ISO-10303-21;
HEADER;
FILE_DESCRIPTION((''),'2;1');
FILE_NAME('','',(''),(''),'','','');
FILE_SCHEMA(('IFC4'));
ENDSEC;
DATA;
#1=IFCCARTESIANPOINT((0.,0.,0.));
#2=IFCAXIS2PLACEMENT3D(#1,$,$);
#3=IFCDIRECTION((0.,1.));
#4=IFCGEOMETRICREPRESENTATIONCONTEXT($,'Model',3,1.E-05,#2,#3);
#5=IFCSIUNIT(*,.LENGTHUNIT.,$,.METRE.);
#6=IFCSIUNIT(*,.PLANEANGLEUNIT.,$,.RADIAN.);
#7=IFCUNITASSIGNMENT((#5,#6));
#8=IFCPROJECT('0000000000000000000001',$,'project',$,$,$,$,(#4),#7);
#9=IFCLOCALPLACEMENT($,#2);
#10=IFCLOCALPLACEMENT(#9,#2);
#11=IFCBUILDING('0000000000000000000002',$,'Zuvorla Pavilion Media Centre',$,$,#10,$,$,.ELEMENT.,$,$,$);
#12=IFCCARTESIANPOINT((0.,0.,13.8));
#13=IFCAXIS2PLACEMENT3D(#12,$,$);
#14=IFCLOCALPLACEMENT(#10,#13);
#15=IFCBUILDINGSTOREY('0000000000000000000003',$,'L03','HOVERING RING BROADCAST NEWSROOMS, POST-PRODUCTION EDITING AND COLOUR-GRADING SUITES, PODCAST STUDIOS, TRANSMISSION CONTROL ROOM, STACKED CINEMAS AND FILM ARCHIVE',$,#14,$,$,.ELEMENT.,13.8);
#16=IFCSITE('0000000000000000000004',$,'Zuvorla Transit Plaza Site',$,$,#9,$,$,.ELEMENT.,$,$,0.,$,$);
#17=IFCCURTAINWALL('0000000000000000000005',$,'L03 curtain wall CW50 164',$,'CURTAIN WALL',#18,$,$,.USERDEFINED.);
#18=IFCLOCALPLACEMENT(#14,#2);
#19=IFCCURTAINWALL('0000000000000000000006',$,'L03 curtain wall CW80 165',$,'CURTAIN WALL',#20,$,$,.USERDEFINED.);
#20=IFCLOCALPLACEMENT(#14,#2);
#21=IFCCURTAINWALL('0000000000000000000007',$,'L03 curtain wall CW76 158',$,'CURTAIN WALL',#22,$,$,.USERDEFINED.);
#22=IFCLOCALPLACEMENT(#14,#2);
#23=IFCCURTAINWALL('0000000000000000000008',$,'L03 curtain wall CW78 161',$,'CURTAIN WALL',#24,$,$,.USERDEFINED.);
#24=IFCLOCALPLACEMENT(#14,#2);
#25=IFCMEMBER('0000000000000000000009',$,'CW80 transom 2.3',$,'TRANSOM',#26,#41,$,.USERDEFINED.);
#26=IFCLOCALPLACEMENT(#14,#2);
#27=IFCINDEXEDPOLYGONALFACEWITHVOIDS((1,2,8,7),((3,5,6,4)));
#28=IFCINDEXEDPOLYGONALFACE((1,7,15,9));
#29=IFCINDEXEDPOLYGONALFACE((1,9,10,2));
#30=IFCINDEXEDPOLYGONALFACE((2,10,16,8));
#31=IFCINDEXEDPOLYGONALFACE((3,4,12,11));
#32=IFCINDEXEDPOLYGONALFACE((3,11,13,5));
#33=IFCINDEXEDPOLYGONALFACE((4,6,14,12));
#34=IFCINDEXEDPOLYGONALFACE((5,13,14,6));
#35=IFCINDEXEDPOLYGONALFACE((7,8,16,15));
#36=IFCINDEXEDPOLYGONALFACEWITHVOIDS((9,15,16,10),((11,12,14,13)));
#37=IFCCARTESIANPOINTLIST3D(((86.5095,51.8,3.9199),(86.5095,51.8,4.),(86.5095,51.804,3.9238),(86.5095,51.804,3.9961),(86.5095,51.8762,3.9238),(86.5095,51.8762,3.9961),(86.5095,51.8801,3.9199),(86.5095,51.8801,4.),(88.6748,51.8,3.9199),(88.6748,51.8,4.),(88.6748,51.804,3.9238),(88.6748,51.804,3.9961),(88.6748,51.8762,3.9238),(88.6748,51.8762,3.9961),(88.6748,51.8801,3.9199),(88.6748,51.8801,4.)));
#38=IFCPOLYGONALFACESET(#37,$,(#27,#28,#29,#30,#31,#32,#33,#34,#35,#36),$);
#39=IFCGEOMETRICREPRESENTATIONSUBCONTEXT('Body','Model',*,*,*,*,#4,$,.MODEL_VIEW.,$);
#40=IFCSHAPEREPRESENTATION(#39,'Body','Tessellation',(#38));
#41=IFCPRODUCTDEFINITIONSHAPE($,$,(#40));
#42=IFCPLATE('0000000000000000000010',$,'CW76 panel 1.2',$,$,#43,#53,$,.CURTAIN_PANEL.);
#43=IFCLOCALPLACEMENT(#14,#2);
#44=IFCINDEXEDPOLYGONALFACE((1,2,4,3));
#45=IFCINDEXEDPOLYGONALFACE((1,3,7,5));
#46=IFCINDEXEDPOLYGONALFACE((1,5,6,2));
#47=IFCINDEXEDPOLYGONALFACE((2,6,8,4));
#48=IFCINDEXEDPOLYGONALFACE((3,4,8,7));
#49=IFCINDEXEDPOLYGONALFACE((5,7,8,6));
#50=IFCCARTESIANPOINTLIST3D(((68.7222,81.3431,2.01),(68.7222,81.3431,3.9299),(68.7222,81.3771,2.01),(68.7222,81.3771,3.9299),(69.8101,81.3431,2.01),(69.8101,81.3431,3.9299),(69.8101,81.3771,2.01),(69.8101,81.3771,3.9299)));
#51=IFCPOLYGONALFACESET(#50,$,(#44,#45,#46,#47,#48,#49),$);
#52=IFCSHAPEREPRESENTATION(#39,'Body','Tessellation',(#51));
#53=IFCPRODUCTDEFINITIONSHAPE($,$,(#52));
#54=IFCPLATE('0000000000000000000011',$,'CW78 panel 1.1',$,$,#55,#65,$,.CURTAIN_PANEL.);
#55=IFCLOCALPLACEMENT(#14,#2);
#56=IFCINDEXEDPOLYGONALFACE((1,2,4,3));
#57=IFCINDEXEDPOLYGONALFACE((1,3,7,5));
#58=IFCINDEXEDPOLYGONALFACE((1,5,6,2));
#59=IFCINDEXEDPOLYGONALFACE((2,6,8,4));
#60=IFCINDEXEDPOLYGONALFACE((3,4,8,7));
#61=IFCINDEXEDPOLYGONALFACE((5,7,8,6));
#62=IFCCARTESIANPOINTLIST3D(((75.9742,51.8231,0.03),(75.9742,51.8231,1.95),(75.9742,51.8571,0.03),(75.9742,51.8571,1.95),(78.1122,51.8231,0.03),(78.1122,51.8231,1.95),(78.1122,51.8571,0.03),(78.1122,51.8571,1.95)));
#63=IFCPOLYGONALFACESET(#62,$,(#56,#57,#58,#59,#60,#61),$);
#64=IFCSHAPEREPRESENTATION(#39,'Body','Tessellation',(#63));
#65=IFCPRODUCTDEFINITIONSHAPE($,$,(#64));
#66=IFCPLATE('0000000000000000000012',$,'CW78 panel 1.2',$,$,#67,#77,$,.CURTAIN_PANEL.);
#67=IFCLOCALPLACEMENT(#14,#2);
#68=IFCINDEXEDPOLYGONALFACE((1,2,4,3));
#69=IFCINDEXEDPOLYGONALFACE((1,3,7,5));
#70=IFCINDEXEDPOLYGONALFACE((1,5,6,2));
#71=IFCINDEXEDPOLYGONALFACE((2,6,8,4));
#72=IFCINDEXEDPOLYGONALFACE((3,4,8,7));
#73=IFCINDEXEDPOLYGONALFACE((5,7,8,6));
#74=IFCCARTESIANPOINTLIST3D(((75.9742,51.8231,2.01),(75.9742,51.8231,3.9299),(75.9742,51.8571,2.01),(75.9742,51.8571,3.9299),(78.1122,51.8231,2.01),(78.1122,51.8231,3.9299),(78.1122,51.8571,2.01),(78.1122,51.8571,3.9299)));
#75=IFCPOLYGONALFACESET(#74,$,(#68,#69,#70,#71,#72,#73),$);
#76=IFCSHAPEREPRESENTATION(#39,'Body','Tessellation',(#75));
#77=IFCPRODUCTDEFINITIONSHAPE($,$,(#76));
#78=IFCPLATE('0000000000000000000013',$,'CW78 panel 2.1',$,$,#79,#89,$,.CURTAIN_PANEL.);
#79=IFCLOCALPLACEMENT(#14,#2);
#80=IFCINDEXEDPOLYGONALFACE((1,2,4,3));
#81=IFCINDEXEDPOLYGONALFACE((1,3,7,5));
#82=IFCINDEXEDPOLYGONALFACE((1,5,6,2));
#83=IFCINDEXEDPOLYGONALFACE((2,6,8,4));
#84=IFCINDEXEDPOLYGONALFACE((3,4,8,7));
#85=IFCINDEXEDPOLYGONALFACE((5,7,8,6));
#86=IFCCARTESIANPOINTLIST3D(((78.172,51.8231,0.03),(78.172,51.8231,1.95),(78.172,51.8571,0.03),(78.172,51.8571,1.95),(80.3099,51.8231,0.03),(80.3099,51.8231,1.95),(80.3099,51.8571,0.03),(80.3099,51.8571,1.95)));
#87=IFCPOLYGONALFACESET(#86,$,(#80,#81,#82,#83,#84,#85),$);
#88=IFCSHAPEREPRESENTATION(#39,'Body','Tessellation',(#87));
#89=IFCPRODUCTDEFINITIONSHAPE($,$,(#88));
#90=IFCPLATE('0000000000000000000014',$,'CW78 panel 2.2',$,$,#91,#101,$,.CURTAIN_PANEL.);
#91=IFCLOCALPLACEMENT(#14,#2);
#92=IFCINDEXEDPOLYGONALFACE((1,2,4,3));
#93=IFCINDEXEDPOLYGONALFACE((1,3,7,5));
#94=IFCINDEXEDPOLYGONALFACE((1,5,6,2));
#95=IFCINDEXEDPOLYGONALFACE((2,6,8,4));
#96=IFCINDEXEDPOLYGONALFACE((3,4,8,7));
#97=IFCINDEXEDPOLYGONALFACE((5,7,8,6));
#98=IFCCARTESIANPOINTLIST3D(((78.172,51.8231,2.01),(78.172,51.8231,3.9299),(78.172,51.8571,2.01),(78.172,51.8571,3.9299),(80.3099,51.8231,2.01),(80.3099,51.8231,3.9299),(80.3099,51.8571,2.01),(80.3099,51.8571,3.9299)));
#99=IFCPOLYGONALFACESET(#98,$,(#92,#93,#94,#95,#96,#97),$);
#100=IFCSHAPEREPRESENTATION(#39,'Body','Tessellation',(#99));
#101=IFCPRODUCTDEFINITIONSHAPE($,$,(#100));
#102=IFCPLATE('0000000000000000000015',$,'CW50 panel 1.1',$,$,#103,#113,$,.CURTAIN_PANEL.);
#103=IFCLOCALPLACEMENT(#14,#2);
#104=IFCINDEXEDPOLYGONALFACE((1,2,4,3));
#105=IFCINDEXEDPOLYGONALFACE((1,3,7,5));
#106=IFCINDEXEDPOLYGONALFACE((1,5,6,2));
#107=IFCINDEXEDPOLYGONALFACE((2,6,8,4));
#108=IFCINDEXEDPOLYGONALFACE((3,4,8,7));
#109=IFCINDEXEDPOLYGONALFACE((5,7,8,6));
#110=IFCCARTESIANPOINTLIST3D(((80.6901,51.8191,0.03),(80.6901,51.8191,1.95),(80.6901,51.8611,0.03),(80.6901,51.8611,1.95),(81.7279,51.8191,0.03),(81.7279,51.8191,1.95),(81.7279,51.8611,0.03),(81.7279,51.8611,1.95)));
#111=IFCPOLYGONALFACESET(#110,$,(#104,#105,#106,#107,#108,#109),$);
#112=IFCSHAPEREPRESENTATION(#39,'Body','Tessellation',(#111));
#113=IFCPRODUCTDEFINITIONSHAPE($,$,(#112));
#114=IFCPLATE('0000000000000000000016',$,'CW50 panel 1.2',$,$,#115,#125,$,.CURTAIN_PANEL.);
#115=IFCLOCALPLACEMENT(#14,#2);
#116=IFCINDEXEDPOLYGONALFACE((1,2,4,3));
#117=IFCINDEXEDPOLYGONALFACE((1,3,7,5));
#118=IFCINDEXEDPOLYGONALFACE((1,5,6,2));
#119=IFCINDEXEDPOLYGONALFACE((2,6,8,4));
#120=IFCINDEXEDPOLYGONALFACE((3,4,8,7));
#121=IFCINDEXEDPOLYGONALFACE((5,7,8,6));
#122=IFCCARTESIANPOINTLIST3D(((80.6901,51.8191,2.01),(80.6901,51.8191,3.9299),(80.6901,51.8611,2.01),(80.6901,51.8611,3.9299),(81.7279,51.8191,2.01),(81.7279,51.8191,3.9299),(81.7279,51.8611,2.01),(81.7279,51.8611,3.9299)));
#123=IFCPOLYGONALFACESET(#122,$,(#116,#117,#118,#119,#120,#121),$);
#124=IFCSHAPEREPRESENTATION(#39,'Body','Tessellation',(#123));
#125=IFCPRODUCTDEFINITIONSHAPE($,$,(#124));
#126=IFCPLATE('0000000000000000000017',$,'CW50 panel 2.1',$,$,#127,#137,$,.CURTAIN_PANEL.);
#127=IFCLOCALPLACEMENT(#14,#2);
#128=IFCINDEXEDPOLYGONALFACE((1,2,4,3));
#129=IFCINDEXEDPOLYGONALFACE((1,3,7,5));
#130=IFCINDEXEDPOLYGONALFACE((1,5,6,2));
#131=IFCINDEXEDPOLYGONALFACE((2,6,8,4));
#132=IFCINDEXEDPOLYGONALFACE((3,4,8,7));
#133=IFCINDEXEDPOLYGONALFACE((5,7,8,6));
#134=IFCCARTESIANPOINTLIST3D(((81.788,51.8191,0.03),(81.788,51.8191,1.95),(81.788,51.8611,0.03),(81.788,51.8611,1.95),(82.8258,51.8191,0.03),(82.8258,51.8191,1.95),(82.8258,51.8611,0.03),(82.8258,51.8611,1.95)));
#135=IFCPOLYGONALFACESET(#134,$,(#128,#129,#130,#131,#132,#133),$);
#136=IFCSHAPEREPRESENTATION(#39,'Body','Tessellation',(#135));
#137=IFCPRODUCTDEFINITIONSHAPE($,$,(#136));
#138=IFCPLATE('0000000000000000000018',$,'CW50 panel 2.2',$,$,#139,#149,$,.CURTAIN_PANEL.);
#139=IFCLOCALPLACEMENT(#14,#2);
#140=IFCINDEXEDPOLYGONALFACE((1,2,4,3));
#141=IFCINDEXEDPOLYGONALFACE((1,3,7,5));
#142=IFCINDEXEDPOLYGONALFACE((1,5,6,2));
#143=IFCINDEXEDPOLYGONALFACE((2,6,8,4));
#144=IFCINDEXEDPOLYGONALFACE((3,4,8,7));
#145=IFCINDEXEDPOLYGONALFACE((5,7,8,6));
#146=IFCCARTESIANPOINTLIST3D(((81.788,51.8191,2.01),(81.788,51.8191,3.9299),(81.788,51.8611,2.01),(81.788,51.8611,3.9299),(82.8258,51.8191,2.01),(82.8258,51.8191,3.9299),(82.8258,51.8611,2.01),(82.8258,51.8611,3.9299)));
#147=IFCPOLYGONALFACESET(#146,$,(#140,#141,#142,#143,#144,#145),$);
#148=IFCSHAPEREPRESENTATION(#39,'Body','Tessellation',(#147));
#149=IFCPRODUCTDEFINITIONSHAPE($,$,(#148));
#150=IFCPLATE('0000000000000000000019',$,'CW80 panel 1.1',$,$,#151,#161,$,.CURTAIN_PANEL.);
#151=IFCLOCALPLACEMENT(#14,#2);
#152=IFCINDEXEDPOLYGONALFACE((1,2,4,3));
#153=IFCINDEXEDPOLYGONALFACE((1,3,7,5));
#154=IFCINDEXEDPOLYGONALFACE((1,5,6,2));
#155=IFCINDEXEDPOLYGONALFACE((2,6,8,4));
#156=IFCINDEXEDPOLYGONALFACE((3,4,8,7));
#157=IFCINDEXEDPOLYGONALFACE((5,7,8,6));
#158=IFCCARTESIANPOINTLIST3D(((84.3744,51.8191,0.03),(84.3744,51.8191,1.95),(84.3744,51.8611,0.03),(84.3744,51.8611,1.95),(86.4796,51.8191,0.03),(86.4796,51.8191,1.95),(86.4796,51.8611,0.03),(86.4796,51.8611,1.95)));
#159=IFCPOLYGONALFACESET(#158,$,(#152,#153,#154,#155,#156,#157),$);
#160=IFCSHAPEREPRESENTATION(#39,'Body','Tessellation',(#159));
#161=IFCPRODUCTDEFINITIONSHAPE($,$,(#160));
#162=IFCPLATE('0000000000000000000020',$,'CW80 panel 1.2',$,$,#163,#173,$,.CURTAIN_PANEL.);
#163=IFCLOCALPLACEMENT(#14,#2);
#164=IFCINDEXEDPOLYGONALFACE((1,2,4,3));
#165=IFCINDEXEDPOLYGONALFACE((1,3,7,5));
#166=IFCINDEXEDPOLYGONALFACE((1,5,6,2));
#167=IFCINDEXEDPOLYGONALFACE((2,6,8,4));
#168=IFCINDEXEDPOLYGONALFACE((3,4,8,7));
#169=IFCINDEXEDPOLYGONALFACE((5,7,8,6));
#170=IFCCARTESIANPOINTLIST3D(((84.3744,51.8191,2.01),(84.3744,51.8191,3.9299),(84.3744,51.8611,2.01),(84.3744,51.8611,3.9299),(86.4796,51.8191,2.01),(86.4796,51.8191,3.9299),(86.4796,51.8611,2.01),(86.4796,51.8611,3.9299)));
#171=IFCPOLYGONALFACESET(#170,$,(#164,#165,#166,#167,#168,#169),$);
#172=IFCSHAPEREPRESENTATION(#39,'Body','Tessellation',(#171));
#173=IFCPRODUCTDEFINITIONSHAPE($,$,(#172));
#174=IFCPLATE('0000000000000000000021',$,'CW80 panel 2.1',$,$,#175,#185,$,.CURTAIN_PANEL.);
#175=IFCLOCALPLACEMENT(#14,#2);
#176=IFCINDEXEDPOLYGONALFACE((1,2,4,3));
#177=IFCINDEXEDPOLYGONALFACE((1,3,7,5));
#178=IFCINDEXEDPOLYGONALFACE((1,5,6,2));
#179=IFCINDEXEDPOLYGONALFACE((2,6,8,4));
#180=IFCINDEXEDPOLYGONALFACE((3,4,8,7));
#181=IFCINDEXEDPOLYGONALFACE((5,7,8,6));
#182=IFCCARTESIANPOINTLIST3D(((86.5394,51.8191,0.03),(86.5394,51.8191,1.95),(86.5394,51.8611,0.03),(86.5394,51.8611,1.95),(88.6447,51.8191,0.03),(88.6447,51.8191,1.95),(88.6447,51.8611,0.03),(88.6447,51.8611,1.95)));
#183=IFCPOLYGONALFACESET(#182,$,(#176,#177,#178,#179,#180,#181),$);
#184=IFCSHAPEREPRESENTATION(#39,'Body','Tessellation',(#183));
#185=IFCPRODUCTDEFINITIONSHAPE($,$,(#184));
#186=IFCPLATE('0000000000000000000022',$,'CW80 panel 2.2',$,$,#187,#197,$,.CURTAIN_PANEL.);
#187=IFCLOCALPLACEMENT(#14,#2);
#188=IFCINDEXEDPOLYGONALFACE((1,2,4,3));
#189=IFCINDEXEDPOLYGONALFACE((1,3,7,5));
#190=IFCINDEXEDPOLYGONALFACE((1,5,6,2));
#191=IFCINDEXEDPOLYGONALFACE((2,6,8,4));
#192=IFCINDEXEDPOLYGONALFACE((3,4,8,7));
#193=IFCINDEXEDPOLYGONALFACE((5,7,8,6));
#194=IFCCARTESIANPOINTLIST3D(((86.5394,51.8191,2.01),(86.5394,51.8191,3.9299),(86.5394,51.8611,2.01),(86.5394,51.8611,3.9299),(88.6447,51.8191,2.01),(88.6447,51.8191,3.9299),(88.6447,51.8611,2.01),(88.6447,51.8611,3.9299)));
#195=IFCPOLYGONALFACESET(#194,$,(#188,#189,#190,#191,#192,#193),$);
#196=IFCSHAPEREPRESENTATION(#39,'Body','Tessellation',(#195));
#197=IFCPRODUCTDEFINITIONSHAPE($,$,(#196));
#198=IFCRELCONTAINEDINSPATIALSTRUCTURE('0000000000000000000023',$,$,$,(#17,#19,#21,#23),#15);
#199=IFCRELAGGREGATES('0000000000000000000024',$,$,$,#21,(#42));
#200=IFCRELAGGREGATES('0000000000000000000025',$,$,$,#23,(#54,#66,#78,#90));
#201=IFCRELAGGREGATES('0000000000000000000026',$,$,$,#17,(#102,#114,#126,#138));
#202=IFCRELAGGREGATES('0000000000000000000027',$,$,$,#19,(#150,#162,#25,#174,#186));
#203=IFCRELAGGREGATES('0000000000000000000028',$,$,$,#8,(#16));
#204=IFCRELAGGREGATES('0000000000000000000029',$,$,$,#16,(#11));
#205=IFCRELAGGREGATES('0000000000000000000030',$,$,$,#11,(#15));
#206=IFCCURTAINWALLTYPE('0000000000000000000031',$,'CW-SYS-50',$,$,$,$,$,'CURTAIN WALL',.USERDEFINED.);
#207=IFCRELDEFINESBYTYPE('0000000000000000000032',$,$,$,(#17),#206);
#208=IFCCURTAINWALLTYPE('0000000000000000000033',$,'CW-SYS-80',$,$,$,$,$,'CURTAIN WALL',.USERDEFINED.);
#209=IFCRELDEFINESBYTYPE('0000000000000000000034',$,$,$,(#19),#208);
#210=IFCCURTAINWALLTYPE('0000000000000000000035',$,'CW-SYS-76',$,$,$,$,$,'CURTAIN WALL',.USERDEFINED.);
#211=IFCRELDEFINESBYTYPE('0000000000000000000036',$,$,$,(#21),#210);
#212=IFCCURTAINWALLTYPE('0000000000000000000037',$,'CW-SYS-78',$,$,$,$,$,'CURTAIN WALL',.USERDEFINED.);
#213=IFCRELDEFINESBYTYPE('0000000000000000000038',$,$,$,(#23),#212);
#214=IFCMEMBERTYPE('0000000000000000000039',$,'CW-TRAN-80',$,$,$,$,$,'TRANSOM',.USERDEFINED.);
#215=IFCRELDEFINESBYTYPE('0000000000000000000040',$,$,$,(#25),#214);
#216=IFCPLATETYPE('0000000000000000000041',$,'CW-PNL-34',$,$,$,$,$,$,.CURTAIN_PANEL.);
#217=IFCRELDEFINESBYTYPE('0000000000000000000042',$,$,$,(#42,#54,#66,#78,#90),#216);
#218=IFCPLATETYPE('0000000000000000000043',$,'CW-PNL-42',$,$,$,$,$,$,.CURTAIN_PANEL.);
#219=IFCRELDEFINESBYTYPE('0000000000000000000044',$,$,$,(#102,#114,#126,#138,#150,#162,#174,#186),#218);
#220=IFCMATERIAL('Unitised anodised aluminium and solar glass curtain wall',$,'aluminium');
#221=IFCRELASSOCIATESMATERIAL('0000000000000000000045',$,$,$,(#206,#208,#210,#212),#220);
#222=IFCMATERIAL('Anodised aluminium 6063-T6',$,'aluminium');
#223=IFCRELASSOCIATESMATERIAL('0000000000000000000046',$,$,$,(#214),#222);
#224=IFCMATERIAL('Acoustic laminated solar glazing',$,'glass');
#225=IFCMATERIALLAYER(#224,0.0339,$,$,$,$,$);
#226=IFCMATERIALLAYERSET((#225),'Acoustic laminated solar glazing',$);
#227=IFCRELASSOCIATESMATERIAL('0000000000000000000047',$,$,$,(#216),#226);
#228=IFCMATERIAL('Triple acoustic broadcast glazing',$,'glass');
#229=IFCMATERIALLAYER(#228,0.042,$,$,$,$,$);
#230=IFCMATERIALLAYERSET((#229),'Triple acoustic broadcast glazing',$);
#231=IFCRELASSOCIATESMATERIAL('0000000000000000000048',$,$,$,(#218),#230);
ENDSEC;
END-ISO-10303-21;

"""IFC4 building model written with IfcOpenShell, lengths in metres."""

from ifc_helpers import new_model, si_unit, direction, frame, origin, origin_2d, place, context, subcontext, project, spatial, rectangle, hollow_rectangle, extrude, material, layer, layer_set, material_profile, profile_set, type_object, element, aggregate, save


model = new_model("IFC4")

# Units and contexts
model_context = context("Model", 3, precision=1e-05, world=origin(), true_north=direction((0.0, 1.0)))
body_context = subcontext(model_context, "Body", "Model", "MODEL_VIEW")
ifc_project = project(units=[si_unit("LENGTHUNIT", "METRE"), si_unit("PLANEANGLEUNIT", "RADIAN")], contexts=[model_context])

# Site, building, storey
site_placement = place(None, origin())
site = spatial("IfcSite", under=ifc_project, at=site_placement, Name="Zuvorla Transit Plaza Site", CompositionType="ELEMENT", RefElevation=0.0)
building_placement = place(site_placement, origin())
building = spatial("IfcBuilding", under=site, at=building_placement, Name="Zuvorla Pavilion Media Centre", CompositionType="ELEMENT")
storey_placement = place(building_placement, frame((0.0, 0.0, 13.8)))
storey = spatial("IfcBuildingStorey", under=building, at=storey_placement, Name="L03", Description="HOVERING RING BROADCAST NEWSROOMS, POST-PRODUCTION EDITING AND COLOUR-GRADING SUITES, PODCAST STUDIOS, TRANSMISSION CONTROL ROOM, STACKED CINEMAS AND FILM ARCHIVE", CompositionType="ELEMENT", Elevation=13.8)

# Curtain walls
ifc_material_1 = material(Name="Unitised anodised aluminium and solar glass curtain wall", Category="aluminium")
curtain_wall_type_1 = type_object("IfcCurtainWallType", Name="CW-SYS-50", ElementType="CURTAIN WALL", PredefinedType="USERDEFINED", material=ifc_material_1)
curtain_wall_1_placement = place(storey_placement, origin())
curtain_wall_1 = element("IfcCurtainWall", 1, at=curtain_wall_1_placement, inside=storey, type_object=curtain_wall_type_1, Name="L03 curtain wall CW50 164", ObjectType="CURTAIN WALL", PredefinedType="USERDEFINED")
ifc_material_2 = material(Name="Anodised aluminium 6063-T6", Category="aluminium")
curtain_wall_type_2 = type_object("IfcCurtainWallType", Name="CW-SYS-80", ElementType="CURTAIN WALL", PredefinedType="USERDEFINED", material=ifc_material_1)
curtain_wall_2_placement = place(storey_placement, origin())
curtain_wall_2 = element("IfcCurtainWall", 2, at=curtain_wall_2_placement, inside=storey, type_object=curtain_wall_type_2, Name="L03 curtain wall CW80 165", ObjectType="CURTAIN WALL", PredefinedType="USERDEFINED")

# Curtain wall
curtain_wall_type_3 = type_object("IfcCurtainWallType", Name="CW-SYS-76", ElementType="CURTAIN WALL", PredefinedType="USERDEFINED", material=ifc_material_1)
curtain_wall_3_placement = place(storey_placement, origin())
curtain_wall_3 = element("IfcCurtainWall", 3, at=curtain_wall_3_placement, inside=storey, type_object=curtain_wall_type_3, Name="L03 curtain wall CW76 158", ObjectType="CURTAIN WALL", PredefinedType="USERDEFINED")

# Curtain wall
curtain_wall_type_4 = type_object("IfcCurtainWallType", Name="CW-SYS-78", ElementType="CURTAIN WALL", PredefinedType="USERDEFINED", material=ifc_material_1)
curtain_wall_4_placement = place(storey_placement, origin())
curtain_wall_4 = element("IfcCurtainWall", 4, at=curtain_wall_4_placement, inside=storey, type_object=curtain_wall_type_4, Name="L03 curtain wall CW78 161", ObjectType="CURTAIN WALL", PredefinedType="USERDEFINED")

# Member
ifc_material_profile_1 = material_profile(ifc_material_2, hollow_rectangle(XDim=0.0801, YDim=0.0801, WallThickness=0.0039, at=origin_2d()), Name="ALU TRAN 80x80")
ifc_profile_set_1 = profile_set([ifc_material_profile_1], Name="Anodised aluminium 6063-T6")
member_type_1 = type_object("IfcMemberType", Name="CW-TRAN-80", ElementType="TRANSOM", PredefinedType="USERDEFINED", material=ifc_profile_set_1)
member_1_placement = place(storey_placement, frame((86.5095, 51.8401, 3.96), z_axis=(1.0, 0.0, 0.0), x_axis=(0.0, 1.0, 0.0)))
member_1 = element("IfcMember", 5, at=member_1_placement, type_object=member_type_1, Name="CW80 transom 2.3", ObjectType="TRANSOM", PredefinedType="USERDEFINED", context=body_context, shape_type="SweptSolid", body=[
    extrude(hollow_rectangle(XDim=0.0801, YDim=0.0801, WallThickness=0.0039, at=origin_2d()), origin(), (0.0, 0.0, 1.0), 2.1653),
])

# Plates
ifc_material_3 = material(Name="Acoustic laminated solar glazing", Category="glass")
ifc_layer_1 = layer(ifc_material_3, 0.0339)
ifc_layer_set_1 = layer_set([ifc_layer_1], Name="Acoustic laminated solar glazing")
plate_type_1 = type_object("IfcPlateType", Name="CW-PNL-34", PredefinedType="CURTAIN_PANEL", material=ifc_layer_set_1)
plate_1_placement = place(storey_placement, frame((69.2661, 81.3601, 2.01), z_axis=(0.0, 0.0, 1.0), x_axis=(-1.0, 0.0, 0.0)))
plate_1 = element("IfcPlate", 6, at=plate_1_placement, type_object=plate_type_1, Name="CW76 panel 1.2", PredefinedType="CURTAIN_PANEL", context=body_context, shape_type="SweptSolid", body=[
    extrude(rectangle(XDim=1.0879, YDim=0.0339, at=origin_2d()), origin(), (0.0, 0.0, 1.0), 1.9199),
])
aggregate(curtain_wall_3, [plate_1])
plate_2_placement = place(storey_placement, frame((77.0432, 51.8401, 0.03), z_axis=(0.0, 0.0, 1.0), x_axis=(1.0, 0.0, 0.0)))
plate_2 = element("IfcPlate", 7, at=plate_2_placement, type_object=plate_type_1, Name="CW78 panel 1.1", PredefinedType="CURTAIN_PANEL", context=body_context, shape_type="SweptSolid", body=[
    extrude(rectangle(XDim=2.1379, YDim=0.0339, at=origin_2d()), origin(), (0.0, 0.0, 1.0), 1.9199),
])
plate_3_placement = place(storey_placement, frame((77.0432, 51.8401, 2.01), z_axis=(0.0, 0.0, 1.0), x_axis=(1.0, 0.0, 0.0)))
plate_3 = element("IfcPlate", 8, at=plate_3_placement, type_object=plate_type_1, Name="CW78 panel 1.2", PredefinedType="CURTAIN_PANEL", context=body_context, shape_type="SweptSolid", body=[
    extrude(rectangle(XDim=2.1379, YDim=0.0339, at=origin_2d()), origin(), (0.0, 0.0, 1.0), 1.9199),
])
plate_4_placement = place(storey_placement, frame((79.241, 51.8401, 0.03), z_axis=(0.0, 0.0, 1.0), x_axis=(1.0, 0.0, 0.0)))
plate_4 = element("IfcPlate", 9, at=plate_4_placement, type_object=plate_type_1, Name="CW78 panel 2.1", PredefinedType="CURTAIN_PANEL", context=body_context, shape_type="SweptSolid", body=[
    extrude(rectangle(XDim=2.1379, YDim=0.0339, at=origin_2d()), origin(), (0.0, 0.0, 1.0), 1.9199),
])
plate_5_placement = place(storey_placement, frame((79.241, 51.8401, 2.01), z_axis=(0.0, 0.0, 1.0), x_axis=(1.0, 0.0, 0.0)))
plate_5 = element("IfcPlate", 10, at=plate_5_placement, type_object=plate_type_1, Name="CW78 panel 2.2", PredefinedType="CURTAIN_PANEL", context=body_context, shape_type="SweptSolid", body=[
    extrude(rectangle(XDim=2.1379, YDim=0.0339, at=origin_2d()), origin(), (0.0, 0.0, 1.0), 1.9199),
])
aggregate(curtain_wall_4, [plate_2, plate_3, plate_4, plate_5])
ifc_material_4 = material(Name="Triple acoustic broadcast glazing", Category="glass")
ifc_layer_2 = layer(ifc_material_4, 0.042)
ifc_layer_set_2 = layer_set([ifc_layer_2], Name="Triple acoustic broadcast glazing")
plate_type_2 = type_object("IfcPlateType", Name="CW-PNL-42", PredefinedType="CURTAIN_PANEL", material=ifc_layer_set_2)
plate_6_placement = place(storey_placement, frame((81.209, 51.8401, 0.03), z_axis=(0.0, 0.0, 1.0), x_axis=(1.0, 0.0, 0.0)))
plate_6 = element("IfcPlate", 11, at=plate_6_placement, type_object=plate_type_2, Name="CW50 panel 1.1", PredefinedType="CURTAIN_PANEL", context=body_context, shape_type="SweptSolid", body=[
    extrude(rectangle(XDim=1.0378, YDim=0.042, at=origin_2d()), origin(), (0.0, 0.0, 1.0), 1.9199),
])
plate_7_placement = place(storey_placement, frame((81.209, 51.8401, 2.01), z_axis=(0.0, 0.0, 1.0), x_axis=(1.0, 0.0, 0.0)))
plate_7 = element("IfcPlate", 12, at=plate_7_placement, type_object=plate_type_2, Name="CW50 panel 1.2", PredefinedType="CURTAIN_PANEL", context=body_context, shape_type="SweptSolid", body=[
    extrude(rectangle(XDim=1.0378, YDim=0.042, at=origin_2d()), origin(), (0.0, 0.0, 1.0), 1.9199),
])
plate_8_placement = place(storey_placement, frame((82.3069, 51.8401, 0.03), z_axis=(0.0, 0.0, 1.0), x_axis=(1.0, 0.0, 0.0)))
plate_8 = element("IfcPlate", 13, at=plate_8_placement, type_object=plate_type_2, Name="CW50 panel 2.1", PredefinedType="CURTAIN_PANEL", context=body_context, shape_type="SweptSolid", body=[
    extrude(rectangle(XDim=1.0378, YDim=0.042, at=origin_2d()), origin(), (0.0, 0.0, 1.0), 1.9199),
])
plate_9_placement = place(storey_placement, frame((82.3069, 51.8401, 2.01), z_axis=(0.0, 0.0, 1.0), x_axis=(1.0, 0.0, 0.0)))
plate_9 = element("IfcPlate", 14, at=plate_9_placement, type_object=plate_type_2, Name="CW50 panel 2.2", PredefinedType="CURTAIN_PANEL", context=body_context, shape_type="SweptSolid", body=[
    extrude(rectangle(XDim=1.0378, YDim=0.042, at=origin_2d()), origin(), (0.0, 0.0, 1.0), 1.9199),
])
aggregate(curtain_wall_1, [plate_6, plate_7, plate_8, plate_9])
plate_10_placement = place(storey_placement, frame((85.427, 51.8401, 0.03), z_axis=(0.0, 0.0, 1.0), x_axis=(1.0, 0.0, 0.0)))
plate_10 = element("IfcPlate", 15, at=plate_10_placement, type_object=plate_type_2, Name="CW80 panel 1.1", PredefinedType="CURTAIN_PANEL", context=body_context, shape_type="SweptSolid", body=[
    extrude(rectangle(XDim=2.1052, YDim=0.042, at=origin_2d()), origin(), (0.0, 0.0, 1.0), 1.9199),
])
plate_11_placement = place(storey_placement, frame((85.427, 51.8401, 2.01), z_axis=(0.0, 0.0, 1.0), x_axis=(1.0, 0.0, 0.0)))
plate_11 = element("IfcPlate", 16, at=plate_11_placement, type_object=plate_type_2, Name="CW80 panel 1.2", PredefinedType="CURTAIN_PANEL", context=body_context, shape_type="SweptSolid", body=[
    extrude(rectangle(XDim=2.1052, YDim=0.042, at=origin_2d()), origin(), (0.0, 0.0, 1.0), 1.9199),
])
plate_12_placement = place(storey_placement, frame((87.592, 51.8401, 0.03), z_axis=(0.0, 0.0, 1.0), x_axis=(1.0, 0.0, 0.0)))
plate_12 = element("IfcPlate", 17, at=plate_12_placement, type_object=plate_type_2, Name="CW80 panel 2.1", PredefinedType="CURTAIN_PANEL", context=body_context, shape_type="SweptSolid", body=[
    extrude(rectangle(XDim=2.1052, YDim=0.042, at=origin_2d()), origin(), (0.0, 0.0, 1.0), 1.9199),
])
plate_13_placement = place(storey_placement, frame((87.592, 51.8401, 2.01), z_axis=(0.0, 0.0, 1.0), x_axis=(1.0, 0.0, 0.0)))
plate_13 = element("IfcPlate", 18, at=plate_13_placement, type_object=plate_type_2, Name="CW80 panel 2.2", PredefinedType="CURTAIN_PANEL", context=body_context, shape_type="SweptSolid", body=[
    extrude(rectangle(XDim=2.1052, YDim=0.042, at=origin_2d()), origin(), (0.0, 0.0, 1.0), 1.9199),
])
aggregate(curtain_wall_2, [plate_10, plate_11, member_1, plate_12, plate_13])

save(model, "model.ifc")
